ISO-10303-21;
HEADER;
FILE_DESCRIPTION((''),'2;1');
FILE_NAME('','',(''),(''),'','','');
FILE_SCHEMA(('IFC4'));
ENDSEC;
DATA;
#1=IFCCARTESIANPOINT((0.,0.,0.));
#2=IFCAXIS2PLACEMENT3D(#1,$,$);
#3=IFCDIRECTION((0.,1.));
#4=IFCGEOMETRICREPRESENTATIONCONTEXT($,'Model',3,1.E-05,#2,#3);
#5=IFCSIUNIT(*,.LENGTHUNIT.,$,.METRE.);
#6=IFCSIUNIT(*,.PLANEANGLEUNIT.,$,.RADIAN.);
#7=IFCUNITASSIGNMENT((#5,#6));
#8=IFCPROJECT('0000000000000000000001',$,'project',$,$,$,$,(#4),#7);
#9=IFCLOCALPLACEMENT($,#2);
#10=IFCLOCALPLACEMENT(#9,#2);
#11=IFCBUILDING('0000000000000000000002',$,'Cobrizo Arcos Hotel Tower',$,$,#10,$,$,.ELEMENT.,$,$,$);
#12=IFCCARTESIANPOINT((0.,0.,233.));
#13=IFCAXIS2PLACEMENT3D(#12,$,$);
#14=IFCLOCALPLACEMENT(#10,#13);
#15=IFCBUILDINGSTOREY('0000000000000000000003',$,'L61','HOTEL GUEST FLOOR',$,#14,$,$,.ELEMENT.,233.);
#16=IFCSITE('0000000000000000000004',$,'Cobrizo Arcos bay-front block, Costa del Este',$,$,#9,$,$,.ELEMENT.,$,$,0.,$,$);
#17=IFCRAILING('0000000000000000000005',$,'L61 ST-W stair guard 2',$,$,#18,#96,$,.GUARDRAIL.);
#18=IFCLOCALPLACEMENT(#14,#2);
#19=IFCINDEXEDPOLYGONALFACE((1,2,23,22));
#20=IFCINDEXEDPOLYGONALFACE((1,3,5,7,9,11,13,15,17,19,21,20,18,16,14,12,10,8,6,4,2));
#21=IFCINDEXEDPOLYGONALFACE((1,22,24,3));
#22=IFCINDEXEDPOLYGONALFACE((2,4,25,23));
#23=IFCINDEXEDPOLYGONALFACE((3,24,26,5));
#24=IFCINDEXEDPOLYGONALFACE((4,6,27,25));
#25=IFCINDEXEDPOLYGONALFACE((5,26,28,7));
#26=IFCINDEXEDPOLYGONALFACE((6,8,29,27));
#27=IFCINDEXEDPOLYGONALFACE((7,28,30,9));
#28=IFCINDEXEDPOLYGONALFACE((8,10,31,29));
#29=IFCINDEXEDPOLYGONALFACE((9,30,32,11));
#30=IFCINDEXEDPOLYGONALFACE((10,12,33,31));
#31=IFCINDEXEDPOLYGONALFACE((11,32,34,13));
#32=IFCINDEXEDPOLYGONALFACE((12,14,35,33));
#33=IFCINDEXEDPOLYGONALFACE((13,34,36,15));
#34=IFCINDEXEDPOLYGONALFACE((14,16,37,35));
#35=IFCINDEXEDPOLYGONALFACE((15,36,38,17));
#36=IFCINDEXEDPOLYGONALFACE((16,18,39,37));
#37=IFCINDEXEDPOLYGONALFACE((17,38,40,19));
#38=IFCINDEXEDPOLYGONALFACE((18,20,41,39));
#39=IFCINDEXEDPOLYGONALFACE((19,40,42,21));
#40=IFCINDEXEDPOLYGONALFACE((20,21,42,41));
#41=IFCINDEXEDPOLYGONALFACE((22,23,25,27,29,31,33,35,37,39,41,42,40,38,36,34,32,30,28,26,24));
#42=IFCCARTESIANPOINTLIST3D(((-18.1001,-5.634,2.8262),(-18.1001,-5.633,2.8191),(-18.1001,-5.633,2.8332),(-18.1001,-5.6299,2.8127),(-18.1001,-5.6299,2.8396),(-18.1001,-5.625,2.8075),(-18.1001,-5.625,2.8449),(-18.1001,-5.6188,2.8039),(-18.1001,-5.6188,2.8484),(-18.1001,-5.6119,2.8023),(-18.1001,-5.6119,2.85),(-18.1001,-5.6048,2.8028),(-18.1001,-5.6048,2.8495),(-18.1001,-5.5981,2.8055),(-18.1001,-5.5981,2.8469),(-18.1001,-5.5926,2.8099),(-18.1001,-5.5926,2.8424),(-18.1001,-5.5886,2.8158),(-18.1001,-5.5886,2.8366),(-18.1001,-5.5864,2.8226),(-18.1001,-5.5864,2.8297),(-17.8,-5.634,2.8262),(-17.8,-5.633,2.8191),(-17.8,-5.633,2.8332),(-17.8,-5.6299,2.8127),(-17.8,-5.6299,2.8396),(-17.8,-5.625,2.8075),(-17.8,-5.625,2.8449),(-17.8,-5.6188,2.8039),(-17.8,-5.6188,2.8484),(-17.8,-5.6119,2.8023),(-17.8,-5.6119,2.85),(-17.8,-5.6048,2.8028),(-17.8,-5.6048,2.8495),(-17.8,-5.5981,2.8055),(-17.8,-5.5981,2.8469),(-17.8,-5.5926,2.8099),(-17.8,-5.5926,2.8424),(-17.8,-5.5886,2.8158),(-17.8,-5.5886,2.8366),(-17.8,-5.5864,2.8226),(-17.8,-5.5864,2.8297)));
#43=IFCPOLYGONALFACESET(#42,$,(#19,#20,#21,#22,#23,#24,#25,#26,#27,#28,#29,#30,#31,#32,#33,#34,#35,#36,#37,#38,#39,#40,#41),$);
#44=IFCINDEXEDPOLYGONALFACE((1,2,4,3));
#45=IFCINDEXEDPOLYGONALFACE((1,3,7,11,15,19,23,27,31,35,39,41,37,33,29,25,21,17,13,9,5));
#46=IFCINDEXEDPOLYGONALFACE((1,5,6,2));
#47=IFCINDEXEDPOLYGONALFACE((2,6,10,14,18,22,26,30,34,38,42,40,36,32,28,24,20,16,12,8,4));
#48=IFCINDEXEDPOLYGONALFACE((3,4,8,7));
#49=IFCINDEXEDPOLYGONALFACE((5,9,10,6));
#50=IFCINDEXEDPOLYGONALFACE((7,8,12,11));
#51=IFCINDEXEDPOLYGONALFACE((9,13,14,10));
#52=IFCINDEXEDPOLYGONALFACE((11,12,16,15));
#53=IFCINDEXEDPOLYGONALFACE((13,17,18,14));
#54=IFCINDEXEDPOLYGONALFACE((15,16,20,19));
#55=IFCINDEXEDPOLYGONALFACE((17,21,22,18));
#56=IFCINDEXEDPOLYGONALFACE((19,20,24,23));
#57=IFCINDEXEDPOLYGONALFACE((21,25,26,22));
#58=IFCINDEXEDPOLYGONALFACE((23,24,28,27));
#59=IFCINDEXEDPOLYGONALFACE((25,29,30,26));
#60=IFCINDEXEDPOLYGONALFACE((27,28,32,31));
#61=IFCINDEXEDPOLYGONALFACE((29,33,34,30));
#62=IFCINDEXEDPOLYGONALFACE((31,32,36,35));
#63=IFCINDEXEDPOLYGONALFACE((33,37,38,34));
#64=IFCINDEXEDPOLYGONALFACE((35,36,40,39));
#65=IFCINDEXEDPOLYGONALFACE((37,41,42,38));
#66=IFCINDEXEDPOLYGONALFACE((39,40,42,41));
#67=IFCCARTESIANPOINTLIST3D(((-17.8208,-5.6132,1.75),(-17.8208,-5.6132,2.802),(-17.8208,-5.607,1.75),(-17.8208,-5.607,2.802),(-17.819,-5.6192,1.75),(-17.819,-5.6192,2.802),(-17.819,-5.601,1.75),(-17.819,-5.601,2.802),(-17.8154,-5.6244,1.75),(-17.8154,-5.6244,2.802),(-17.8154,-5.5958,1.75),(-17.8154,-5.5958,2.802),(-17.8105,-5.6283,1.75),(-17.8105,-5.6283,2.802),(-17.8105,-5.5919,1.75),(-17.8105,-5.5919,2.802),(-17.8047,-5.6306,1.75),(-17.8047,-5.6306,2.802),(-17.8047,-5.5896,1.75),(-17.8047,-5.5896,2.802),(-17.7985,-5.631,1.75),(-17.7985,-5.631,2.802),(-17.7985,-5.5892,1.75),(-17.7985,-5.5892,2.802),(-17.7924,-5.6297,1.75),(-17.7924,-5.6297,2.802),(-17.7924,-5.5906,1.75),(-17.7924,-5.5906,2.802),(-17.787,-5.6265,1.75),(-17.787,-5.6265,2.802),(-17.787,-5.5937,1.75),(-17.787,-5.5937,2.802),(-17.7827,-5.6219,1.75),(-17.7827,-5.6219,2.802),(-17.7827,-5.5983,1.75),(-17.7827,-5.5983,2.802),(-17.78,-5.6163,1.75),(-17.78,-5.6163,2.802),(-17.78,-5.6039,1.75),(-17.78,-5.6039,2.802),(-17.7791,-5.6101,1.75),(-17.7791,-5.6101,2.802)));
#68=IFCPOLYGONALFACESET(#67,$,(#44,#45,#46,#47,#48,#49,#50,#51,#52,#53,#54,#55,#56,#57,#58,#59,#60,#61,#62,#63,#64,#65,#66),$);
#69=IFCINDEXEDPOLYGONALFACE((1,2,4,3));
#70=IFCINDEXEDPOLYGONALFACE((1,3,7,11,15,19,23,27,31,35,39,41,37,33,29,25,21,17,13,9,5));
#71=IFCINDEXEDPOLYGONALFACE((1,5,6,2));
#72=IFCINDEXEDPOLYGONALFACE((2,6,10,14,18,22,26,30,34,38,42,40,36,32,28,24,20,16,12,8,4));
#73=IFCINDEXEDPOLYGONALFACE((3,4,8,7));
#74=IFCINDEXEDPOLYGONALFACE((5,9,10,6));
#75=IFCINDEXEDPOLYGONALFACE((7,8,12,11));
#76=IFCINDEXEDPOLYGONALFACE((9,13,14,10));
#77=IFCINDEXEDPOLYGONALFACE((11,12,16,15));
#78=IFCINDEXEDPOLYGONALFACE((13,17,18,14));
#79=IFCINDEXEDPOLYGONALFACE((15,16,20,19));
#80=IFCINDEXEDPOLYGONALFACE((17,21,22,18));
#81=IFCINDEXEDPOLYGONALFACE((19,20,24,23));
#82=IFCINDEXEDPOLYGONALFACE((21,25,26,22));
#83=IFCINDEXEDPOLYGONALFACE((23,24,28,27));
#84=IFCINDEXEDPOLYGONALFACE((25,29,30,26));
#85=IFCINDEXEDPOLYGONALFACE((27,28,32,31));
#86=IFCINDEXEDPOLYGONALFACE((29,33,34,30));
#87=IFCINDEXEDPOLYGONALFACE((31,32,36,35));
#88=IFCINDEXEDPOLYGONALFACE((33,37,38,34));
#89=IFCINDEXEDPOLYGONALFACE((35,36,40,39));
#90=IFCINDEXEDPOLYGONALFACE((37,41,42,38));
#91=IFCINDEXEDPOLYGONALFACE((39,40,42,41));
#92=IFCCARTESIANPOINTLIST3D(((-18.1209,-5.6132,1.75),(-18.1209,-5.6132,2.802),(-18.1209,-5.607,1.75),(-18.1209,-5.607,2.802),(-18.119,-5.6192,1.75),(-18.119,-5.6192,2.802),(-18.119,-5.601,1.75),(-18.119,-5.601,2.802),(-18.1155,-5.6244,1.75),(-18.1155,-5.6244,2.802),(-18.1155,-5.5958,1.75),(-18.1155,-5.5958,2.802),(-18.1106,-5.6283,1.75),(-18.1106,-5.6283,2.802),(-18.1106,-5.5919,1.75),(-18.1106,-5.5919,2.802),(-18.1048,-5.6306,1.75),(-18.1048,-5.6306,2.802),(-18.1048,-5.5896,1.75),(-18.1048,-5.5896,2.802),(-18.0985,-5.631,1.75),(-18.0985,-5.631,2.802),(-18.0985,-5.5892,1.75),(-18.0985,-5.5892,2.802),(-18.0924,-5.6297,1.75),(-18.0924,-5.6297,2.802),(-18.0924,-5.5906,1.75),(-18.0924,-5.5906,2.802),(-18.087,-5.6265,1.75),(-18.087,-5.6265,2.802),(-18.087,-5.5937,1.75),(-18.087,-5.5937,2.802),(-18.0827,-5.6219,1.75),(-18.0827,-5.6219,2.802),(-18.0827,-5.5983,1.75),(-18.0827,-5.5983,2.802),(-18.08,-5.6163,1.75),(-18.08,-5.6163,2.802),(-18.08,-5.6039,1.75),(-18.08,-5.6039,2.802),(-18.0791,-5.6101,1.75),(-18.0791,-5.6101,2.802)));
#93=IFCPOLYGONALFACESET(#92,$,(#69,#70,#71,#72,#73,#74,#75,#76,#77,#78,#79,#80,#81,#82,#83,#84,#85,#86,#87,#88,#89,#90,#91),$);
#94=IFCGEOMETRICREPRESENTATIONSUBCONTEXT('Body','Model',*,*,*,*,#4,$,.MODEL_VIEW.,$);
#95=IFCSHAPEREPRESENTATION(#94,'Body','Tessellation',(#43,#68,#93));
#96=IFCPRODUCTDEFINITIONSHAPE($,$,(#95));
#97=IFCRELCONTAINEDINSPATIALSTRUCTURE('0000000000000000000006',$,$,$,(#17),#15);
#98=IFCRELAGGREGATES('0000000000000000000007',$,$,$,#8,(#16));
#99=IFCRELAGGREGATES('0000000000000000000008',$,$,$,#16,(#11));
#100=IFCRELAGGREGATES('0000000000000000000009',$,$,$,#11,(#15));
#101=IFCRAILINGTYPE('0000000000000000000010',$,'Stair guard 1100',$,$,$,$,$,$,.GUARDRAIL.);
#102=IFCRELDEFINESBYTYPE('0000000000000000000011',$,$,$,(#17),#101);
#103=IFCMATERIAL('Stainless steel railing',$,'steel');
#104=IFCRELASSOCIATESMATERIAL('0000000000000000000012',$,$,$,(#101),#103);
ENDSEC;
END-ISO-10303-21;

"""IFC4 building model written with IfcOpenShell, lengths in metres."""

from ifc_helpers import new_model, si_unit, direction, frame, origin, origin_2d, place, context, subcontext, project, spatial, circle, extrude, material, type_object, element, save


model = new_model("IFC4")

# Units and contexts
model_context = context("Model", 3, precision=1e-05, world=origin(), true_north=direction((0.0, 1.0)))
body_context = subcontext(model_context, "Body", "Model", "MODEL_VIEW")
ifc_project = project(units=[si_unit("LENGTHUNIT", "METRE"), si_unit("PLANEANGLEUNIT", "RADIAN")], contexts=[model_context])

# Site, building, storey
site_placement = place(None, origin())
site = spatial("IfcSite", under=ifc_project, at=site_placement, Name="Cobrizo Arcos bay-front block, Costa del Este", CompositionType="ELEMENT", RefElevation=0.0)
building_placement = place(site_placement, origin())
building = spatial("IfcBuilding", under=site, at=building_placement, Name="Cobrizo Arcos Hotel Tower", CompositionType="ELEMENT")
storey_placement = place(building_placement, frame((0.0, 0.0, 233.0)))
storey = spatial("IfcBuildingStorey", under=building, at=storey_placement, Name="L61", Description="HOTEL GUEST FLOOR", CompositionType="ELEMENT", Elevation=233.0)

# Railing
ifc_material_1 = material(Name="Stainless steel railing", Category="steel")
railing_type_1 = type_object("IfcRailingType", Name="Stair guard 1100", PredefinedType="GUARDRAIL", material=ifc_material_1)
railing_1_placement = place(storey_placement, frame((-17.8, -5.6101, 1.75)))
element("IfcRailing", 1, at=railing_1_placement, inside=storey, type_object=railing_type_1, Name="L61 ST-W stair guard 2", PredefinedType="GUARDRAIL", context=body_context, shape_type="SweptSolid", body=[
    extrude(circle(Radius=0.0239, at=origin_2d()), frame((0.0, 0.0, 1.0762), z_axis=(-1.0, 0.0, 0.0), x_axis=(0.0, -1.0, 0.0)), (0.0, 0.0, 1.0), 0.3),
    extrude(circle(Radius=0.021, at=origin_2d()), origin(), (0.0, 0.0, 1.0), 1.052),
    extrude(circle(Radius=0.021, at=origin_2d()), frame((-0.3, 0.0, 0.0)), (0.0, 0.0, 1.0), 1.052),
])

save(model, "model.ifc")
